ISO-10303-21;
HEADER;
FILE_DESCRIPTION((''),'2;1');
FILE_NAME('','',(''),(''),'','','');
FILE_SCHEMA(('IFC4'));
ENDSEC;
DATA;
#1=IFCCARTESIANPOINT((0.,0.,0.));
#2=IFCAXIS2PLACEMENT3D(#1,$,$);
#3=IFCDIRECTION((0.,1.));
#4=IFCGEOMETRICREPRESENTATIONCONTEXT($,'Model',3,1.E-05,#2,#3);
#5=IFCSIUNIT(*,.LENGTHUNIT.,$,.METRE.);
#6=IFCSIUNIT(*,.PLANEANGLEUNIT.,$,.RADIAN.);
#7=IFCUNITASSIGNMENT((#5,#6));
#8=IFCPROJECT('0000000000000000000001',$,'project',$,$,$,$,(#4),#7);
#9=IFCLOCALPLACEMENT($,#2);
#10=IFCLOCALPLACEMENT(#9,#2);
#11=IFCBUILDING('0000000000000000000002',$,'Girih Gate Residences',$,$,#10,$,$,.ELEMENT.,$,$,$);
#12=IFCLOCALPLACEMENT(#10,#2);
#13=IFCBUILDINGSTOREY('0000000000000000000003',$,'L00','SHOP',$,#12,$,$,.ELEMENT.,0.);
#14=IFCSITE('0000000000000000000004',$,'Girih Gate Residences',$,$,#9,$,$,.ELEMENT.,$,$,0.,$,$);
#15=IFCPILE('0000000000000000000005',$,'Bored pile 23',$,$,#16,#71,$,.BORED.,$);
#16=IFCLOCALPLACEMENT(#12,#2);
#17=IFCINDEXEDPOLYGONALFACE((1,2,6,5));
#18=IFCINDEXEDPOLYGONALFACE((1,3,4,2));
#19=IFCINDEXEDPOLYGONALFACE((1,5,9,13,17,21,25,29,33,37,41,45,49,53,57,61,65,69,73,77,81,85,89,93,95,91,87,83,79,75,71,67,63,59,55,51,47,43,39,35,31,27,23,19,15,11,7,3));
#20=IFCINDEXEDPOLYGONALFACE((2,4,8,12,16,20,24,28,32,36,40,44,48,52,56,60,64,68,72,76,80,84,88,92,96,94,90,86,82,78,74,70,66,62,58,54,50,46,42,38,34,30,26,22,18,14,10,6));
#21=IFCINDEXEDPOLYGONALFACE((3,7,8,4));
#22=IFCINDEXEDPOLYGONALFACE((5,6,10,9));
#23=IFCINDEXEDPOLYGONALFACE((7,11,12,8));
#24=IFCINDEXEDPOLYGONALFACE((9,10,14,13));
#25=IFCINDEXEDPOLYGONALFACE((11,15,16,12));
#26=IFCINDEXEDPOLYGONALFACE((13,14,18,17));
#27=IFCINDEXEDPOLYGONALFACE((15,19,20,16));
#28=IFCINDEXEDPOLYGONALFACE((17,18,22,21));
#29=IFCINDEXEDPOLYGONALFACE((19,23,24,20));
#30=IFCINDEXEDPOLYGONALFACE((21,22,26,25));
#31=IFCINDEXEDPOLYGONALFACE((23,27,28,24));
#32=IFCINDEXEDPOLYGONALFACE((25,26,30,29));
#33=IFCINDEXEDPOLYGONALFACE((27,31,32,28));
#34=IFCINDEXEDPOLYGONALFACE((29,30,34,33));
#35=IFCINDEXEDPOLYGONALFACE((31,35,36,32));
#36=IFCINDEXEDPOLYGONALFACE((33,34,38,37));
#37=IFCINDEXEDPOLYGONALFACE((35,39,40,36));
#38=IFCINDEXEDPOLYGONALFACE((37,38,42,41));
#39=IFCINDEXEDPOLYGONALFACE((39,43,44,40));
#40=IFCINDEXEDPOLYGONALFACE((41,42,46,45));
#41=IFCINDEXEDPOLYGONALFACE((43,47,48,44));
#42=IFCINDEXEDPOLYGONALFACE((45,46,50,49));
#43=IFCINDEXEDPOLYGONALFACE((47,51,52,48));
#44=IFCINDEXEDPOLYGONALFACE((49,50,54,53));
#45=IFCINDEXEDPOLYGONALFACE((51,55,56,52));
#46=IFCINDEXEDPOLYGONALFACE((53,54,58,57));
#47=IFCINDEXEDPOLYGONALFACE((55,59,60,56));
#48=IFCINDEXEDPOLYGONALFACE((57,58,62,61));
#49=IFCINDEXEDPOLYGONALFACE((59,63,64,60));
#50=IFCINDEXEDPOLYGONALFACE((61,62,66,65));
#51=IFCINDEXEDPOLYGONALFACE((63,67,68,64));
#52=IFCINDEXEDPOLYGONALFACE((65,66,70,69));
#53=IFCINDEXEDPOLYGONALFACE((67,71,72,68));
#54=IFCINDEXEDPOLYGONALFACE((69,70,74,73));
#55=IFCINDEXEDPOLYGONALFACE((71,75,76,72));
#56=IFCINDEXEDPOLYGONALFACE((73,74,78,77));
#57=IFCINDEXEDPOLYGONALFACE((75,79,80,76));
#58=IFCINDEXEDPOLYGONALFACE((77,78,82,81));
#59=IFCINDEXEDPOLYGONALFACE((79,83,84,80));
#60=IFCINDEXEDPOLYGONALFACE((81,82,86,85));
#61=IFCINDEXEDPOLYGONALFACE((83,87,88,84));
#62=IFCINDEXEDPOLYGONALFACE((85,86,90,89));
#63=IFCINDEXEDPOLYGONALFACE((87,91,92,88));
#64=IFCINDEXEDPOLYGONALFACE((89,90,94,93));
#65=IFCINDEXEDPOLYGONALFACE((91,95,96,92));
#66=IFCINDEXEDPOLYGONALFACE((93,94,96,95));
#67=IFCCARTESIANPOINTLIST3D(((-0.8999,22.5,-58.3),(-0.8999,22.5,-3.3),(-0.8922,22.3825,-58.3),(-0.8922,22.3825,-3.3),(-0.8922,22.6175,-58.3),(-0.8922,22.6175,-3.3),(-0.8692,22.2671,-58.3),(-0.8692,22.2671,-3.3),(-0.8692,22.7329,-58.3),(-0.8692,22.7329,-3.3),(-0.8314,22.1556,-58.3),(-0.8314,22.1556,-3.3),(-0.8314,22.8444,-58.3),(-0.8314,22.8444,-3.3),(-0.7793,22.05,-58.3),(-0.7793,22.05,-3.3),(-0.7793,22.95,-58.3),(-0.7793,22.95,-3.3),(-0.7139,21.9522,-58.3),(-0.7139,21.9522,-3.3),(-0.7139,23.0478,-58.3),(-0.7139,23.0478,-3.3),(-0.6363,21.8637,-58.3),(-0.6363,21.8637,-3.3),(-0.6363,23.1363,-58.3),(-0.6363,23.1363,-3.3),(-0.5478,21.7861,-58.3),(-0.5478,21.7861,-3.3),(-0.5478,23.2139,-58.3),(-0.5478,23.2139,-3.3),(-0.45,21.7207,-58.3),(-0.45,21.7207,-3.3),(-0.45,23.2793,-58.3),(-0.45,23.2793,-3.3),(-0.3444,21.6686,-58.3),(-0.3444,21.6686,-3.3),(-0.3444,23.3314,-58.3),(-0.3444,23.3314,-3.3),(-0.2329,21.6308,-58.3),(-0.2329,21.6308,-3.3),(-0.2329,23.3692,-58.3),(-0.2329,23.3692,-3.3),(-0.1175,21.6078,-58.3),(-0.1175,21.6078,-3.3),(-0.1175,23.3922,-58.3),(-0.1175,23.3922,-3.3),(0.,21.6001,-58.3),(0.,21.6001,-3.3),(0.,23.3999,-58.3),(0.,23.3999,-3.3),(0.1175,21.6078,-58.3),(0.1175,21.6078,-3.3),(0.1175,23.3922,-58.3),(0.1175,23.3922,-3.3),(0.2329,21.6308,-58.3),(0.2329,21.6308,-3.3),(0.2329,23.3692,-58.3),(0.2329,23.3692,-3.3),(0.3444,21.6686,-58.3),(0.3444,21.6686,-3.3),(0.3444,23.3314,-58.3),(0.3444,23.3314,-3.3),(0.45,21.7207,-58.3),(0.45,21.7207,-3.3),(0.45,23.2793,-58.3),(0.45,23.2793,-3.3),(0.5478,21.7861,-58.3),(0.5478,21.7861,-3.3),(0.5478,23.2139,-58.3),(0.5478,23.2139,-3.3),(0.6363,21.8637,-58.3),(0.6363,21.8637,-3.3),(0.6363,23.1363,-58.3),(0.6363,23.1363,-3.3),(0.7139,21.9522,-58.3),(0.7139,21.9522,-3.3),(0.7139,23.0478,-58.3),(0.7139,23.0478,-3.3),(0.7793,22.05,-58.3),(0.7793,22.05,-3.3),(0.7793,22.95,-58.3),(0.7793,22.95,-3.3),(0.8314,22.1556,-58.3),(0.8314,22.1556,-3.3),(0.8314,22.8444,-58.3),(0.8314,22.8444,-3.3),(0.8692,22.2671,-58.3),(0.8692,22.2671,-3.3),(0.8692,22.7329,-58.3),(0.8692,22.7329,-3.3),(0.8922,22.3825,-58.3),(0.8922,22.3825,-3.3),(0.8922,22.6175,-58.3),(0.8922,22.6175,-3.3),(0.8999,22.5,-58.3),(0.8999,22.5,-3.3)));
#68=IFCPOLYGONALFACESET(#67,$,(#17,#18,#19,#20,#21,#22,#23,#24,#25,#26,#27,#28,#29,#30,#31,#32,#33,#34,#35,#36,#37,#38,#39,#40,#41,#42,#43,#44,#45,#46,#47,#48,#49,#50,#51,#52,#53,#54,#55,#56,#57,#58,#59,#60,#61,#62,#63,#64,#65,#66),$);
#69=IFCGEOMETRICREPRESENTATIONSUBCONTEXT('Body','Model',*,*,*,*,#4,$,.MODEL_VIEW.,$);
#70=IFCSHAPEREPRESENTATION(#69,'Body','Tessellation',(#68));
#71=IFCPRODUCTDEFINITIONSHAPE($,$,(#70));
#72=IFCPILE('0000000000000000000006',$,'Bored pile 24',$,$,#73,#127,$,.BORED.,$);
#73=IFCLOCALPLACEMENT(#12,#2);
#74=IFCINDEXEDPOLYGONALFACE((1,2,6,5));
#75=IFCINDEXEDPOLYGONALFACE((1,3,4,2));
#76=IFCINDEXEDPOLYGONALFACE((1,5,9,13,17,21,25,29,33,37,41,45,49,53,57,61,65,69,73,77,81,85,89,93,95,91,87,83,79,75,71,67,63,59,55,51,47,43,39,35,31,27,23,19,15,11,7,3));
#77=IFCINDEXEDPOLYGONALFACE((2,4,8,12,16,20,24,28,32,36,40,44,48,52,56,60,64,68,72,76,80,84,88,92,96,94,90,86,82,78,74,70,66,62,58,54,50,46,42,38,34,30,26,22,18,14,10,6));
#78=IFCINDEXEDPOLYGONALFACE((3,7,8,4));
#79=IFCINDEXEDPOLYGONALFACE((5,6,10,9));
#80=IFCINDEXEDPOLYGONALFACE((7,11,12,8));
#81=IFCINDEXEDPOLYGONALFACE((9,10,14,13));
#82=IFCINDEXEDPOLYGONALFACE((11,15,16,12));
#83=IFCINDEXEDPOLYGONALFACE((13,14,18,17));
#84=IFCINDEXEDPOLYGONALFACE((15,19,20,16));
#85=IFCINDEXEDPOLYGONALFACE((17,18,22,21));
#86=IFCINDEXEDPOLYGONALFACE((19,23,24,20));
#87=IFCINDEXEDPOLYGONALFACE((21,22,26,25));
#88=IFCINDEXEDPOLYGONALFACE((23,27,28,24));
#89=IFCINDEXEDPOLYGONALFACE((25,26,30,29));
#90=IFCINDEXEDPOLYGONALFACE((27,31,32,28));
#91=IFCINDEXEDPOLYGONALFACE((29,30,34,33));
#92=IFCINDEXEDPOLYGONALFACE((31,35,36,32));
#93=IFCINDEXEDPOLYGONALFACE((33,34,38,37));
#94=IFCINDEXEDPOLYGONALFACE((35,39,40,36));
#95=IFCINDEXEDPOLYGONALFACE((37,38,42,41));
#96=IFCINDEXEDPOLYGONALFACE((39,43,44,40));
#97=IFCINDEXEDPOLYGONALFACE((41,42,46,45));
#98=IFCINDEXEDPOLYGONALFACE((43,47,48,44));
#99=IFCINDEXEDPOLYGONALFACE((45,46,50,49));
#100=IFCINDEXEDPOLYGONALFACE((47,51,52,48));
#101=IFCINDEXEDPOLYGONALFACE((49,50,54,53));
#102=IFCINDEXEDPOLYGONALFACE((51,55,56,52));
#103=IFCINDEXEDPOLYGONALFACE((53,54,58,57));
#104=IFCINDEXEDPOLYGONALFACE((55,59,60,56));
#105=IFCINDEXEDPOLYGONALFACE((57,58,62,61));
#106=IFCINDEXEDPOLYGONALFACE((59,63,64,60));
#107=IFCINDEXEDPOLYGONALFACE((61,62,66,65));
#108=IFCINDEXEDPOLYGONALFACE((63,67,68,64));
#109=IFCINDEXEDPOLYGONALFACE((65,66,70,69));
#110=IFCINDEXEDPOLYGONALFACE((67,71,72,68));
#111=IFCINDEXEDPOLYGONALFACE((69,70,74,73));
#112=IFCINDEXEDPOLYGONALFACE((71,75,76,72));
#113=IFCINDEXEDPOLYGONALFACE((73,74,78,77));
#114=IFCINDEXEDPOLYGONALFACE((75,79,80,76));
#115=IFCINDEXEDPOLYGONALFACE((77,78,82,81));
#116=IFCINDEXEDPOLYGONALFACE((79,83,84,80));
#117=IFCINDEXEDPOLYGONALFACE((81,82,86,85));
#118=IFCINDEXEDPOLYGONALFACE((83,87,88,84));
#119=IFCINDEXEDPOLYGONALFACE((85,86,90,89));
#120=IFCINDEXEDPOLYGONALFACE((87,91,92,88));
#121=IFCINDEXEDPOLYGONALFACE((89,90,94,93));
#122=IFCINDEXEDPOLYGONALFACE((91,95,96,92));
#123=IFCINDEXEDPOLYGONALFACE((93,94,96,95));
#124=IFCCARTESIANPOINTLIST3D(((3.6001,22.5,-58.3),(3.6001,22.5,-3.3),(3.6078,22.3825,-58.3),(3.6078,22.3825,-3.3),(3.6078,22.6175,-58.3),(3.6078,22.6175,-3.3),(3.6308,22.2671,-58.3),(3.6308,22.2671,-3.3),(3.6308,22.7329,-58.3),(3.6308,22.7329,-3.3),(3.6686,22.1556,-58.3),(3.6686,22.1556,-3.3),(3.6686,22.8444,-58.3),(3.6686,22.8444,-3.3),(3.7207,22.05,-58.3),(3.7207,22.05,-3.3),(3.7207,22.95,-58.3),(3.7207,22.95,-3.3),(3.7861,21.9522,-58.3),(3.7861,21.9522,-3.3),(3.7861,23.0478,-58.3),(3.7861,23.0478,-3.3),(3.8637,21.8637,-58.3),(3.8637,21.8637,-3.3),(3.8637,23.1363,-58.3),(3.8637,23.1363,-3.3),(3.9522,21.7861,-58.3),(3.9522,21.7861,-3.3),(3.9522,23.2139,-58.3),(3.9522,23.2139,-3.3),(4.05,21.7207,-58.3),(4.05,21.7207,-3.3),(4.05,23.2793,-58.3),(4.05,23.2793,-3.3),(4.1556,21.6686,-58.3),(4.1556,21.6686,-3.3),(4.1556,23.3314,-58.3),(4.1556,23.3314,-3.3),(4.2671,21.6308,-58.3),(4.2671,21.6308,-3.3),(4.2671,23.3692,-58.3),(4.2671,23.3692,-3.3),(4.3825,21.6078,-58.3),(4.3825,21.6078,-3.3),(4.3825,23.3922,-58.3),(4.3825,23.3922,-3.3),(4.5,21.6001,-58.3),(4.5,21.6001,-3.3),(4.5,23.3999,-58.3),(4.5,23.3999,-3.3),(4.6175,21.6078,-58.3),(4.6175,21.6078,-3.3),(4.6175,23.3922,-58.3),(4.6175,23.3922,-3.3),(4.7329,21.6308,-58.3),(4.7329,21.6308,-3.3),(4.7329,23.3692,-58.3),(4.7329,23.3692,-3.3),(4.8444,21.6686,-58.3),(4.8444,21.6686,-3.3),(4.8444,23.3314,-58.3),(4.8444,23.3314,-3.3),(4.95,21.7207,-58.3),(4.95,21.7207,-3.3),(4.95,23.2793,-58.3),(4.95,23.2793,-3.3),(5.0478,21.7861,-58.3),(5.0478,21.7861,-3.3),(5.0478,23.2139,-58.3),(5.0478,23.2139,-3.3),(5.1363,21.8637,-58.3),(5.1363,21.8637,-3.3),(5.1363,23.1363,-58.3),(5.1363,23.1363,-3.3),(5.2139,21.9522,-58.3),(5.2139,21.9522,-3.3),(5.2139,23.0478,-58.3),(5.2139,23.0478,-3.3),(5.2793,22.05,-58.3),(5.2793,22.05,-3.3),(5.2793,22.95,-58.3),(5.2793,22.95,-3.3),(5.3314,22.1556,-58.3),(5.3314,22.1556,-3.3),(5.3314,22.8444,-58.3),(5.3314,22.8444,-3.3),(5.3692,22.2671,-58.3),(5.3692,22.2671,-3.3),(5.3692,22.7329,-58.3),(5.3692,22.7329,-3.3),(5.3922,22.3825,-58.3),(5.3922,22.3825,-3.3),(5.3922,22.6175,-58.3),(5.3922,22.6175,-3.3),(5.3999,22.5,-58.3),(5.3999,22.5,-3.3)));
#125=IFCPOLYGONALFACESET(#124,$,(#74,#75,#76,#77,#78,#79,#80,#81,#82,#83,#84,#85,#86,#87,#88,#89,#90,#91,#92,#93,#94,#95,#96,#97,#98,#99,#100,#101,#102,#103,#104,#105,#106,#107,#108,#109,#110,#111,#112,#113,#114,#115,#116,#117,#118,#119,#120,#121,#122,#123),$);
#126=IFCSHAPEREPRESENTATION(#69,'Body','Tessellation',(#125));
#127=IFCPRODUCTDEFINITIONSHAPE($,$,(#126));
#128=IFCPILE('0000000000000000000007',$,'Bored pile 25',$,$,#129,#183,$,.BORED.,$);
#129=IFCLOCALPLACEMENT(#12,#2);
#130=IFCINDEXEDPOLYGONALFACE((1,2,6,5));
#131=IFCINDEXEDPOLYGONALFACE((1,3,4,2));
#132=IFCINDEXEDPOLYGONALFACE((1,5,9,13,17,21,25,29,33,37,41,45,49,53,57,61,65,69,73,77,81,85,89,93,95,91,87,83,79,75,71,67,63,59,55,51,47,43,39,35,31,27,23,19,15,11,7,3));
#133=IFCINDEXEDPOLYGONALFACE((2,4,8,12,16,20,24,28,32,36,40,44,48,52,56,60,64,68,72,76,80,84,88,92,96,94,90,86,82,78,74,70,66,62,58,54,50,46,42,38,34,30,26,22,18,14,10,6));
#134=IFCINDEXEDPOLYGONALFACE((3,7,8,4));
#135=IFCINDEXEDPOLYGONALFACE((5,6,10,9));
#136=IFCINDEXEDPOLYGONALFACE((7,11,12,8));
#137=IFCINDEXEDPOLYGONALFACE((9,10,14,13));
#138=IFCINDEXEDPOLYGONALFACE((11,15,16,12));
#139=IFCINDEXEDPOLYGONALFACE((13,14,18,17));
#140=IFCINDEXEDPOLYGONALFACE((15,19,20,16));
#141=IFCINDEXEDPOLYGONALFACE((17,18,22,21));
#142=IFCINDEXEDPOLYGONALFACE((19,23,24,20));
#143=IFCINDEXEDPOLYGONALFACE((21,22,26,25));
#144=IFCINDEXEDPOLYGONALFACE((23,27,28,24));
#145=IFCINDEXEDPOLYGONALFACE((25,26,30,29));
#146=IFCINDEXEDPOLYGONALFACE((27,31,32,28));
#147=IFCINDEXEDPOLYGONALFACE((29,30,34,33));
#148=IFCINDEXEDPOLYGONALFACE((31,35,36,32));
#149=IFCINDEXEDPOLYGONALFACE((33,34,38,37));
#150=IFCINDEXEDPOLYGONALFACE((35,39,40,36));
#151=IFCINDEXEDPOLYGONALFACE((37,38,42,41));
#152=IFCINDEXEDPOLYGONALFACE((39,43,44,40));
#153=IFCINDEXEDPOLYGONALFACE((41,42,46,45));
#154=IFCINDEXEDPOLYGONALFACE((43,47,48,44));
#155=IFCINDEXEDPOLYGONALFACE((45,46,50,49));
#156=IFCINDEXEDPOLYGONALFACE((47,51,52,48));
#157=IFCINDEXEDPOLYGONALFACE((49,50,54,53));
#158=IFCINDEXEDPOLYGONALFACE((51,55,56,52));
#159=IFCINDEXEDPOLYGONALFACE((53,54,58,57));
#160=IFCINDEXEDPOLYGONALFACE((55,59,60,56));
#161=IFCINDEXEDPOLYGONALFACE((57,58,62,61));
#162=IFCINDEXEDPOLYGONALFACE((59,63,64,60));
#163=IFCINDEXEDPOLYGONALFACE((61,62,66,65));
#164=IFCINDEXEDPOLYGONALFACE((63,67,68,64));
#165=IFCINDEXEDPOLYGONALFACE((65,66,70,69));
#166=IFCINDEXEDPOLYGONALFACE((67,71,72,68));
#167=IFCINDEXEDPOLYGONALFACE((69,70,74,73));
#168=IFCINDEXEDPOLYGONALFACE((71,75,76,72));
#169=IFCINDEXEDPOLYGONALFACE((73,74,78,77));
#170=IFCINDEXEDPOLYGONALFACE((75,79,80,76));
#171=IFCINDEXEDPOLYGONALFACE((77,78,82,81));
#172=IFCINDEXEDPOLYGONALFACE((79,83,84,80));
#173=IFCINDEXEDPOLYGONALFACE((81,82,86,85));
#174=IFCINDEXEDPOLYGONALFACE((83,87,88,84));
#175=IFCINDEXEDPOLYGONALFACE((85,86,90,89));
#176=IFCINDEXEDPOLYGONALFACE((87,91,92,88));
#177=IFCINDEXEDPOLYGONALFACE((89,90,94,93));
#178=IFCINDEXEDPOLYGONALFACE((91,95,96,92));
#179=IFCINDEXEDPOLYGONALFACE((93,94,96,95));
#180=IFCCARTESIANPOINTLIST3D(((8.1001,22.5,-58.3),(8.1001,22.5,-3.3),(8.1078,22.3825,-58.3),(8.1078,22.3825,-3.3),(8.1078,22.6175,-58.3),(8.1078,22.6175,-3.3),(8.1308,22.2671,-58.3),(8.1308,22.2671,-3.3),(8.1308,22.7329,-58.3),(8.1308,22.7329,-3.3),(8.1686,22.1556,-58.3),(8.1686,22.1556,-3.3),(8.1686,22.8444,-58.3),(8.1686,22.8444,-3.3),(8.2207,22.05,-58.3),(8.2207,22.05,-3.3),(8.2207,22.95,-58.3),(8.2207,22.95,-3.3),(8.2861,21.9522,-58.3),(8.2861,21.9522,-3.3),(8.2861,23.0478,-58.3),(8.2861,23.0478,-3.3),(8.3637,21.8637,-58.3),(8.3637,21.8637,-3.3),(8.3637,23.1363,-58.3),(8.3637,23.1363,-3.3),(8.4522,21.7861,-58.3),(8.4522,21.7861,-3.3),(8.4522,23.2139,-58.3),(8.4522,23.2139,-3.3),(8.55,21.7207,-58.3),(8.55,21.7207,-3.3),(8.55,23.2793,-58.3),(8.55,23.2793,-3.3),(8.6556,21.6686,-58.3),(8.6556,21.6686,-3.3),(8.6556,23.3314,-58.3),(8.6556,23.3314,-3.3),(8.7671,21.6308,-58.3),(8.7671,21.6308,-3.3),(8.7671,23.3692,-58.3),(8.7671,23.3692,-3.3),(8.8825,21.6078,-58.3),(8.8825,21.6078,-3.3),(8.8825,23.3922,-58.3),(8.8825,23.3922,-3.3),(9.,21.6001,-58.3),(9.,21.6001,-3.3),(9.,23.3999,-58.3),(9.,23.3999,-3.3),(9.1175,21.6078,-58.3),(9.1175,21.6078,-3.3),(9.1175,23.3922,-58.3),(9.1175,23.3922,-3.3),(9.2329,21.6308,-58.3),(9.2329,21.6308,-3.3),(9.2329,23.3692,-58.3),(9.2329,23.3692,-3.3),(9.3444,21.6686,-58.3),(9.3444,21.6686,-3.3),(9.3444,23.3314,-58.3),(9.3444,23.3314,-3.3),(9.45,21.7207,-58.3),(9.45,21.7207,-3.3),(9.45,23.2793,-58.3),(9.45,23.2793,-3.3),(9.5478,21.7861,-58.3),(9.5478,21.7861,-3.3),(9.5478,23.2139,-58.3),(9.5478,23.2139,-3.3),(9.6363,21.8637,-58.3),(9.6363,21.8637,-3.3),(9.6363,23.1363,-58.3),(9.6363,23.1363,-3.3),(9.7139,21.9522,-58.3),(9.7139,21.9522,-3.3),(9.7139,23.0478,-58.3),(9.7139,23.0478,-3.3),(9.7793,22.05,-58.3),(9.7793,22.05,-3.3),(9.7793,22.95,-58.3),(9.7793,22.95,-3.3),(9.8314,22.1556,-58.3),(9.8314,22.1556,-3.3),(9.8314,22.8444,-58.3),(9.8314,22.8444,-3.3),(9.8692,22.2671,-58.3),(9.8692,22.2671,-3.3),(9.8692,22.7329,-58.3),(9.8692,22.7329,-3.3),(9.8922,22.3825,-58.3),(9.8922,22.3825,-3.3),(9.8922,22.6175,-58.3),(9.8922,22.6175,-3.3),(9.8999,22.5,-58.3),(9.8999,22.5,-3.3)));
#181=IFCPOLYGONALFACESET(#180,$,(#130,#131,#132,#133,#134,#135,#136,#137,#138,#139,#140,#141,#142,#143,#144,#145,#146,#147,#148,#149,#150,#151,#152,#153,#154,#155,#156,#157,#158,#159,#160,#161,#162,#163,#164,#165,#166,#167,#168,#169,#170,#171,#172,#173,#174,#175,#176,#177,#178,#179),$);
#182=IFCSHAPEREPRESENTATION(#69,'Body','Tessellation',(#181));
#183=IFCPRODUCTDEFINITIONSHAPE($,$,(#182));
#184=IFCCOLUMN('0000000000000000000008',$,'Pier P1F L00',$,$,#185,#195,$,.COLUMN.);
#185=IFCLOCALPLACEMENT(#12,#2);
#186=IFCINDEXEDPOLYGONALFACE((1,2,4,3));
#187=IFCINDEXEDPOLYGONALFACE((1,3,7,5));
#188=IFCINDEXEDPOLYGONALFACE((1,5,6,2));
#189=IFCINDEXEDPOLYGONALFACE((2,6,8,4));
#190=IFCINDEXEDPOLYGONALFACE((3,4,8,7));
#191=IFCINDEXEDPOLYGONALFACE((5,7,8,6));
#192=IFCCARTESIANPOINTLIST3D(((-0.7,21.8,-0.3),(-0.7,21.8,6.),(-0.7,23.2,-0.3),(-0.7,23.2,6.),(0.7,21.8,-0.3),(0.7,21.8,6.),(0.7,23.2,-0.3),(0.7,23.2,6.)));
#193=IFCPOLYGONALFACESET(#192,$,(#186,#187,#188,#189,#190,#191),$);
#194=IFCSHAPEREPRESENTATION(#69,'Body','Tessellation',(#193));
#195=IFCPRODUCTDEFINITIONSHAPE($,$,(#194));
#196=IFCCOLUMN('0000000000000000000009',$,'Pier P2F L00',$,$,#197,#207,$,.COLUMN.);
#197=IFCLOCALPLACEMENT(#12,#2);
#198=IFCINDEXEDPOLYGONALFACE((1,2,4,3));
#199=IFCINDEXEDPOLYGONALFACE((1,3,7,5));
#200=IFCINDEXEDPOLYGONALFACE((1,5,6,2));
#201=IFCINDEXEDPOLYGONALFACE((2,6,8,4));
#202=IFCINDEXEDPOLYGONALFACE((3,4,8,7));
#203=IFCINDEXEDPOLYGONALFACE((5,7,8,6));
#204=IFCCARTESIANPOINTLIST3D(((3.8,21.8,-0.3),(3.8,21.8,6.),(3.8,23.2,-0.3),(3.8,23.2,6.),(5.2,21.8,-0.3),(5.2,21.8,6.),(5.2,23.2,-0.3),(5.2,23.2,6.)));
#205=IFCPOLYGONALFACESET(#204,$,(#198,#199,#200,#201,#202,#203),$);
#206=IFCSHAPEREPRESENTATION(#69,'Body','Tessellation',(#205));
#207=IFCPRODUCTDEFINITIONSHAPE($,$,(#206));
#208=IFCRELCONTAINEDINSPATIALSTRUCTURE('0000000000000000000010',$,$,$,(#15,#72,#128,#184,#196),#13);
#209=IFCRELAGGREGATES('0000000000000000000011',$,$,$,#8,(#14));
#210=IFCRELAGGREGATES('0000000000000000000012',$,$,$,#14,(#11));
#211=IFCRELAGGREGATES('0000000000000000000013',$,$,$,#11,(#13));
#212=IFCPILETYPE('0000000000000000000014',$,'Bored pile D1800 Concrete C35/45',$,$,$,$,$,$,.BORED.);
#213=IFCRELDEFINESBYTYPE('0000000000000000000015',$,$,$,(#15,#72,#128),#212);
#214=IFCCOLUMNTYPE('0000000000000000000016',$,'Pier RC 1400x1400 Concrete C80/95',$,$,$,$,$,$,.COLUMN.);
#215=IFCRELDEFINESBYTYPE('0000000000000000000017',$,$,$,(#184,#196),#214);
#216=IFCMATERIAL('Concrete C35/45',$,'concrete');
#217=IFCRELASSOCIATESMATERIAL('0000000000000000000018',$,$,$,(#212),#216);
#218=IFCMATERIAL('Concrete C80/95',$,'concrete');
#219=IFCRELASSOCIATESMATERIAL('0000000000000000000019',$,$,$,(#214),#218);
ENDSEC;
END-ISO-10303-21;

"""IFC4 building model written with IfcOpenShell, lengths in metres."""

from ifc_helpers import new_model, si_unit, direction, frame, origin, origin_2d, place, context, subcontext, project, spatial, rectangle, circle, extrude, material, material_profile, profile_set, type_object, element, save


model = new_model("IFC4")

# Units and contexts
model_context = context("Model", 3, precision=1e-05, world=origin(), true_north=direction((0.0, 1.0)))
body_context = subcontext(model_context, "Body", "Model", "MODEL_VIEW")
ifc_project = project(units=[si_unit("LENGTHUNIT", "METRE"), si_unit("PLANEANGLEUNIT", "RADIAN")], contexts=[model_context])

# Site, building, storey
site_placement = place(None, origin())
site = spatial("IfcSite", under=ifc_project, at=site_placement, Name="Girih Gate Residences", CompositionType="ELEMENT", RefElevation=0.0)
building_placement = place(site_placement, origin())
building = spatial("IfcBuilding", under=site, at=building_placement, Name="Girih Gate Residences", CompositionType="ELEMENT")
storey_placement = place(building_placement, origin())
storey = spatial("IfcBuildingStorey", under=building, at=storey_placement, Name="L00", Description="SHOP", CompositionType="ELEMENT", Elevation=0.0)

# Piles
ifc_material_1 = material(Name="Concrete C35/45", Category="concrete")
ifc_material_profile_1 = material_profile(ifc_material_1, circle(Radius=0.8999, at=origin_2d()))
ifc_profile_set_1 = profile_set([ifc_material_profile_1], Name="Concrete C35/45")
pile_type = type_object("IfcPileType", Name="Bored pile D1800 Concrete C35/45", PredefinedType="BORED", material=ifc_profile_set_1)
for number, where, z_axis, x_axis, name in (
    (1, (0.0, 22.5, -3.3), (0.0, 0.0, -1.0), (1.0, 0.0, 0.0), "Bored pile 23"),
    (2, (4.5, 22.5, -3.3), (0.0, 0.0, -1.0), (1.0, 0.0, 0.0), "Bored pile 24"),
    (3, (9.0, 22.5, -3.3), (0.0, 0.0, -1.0), (1.0, 0.0, 0.0), "Bored pile 25"),
):
    element("IfcPile", number, at=place(storey_placement, frame(where, z_axis=z_axis, x_axis=x_axis)), inside=storey, type_object=pile_type, Name=name, PredefinedType="BORED", context=body_context, shape_type="SweptSolid", body=[
        extrude(circle(Radius=0.8999, at=origin_2d()), origin(), (0.0, 0.0, 1.0), 55.0),
    ])

# Columns
ifc_material_2 = material(Name="Concrete C80/95", Category="concrete")
ifc_material_profile_2 = material_profile(ifc_material_2, rectangle(XDim=1.3999, YDim=1.3999, at=origin_2d()))
ifc_profile_set_2 = profile_set([ifc_material_profile_2], Name="Concrete C80/95")
column_type = type_object("IfcColumnType", Name="Pier RC 1400x1400 Concrete C80/95", PredefinedType="COLUMN", material=ifc_profile_set_2)
for number, where, z_axis, x_axis, name in (
    (4, (0.0, 22.5, -0.3), (0.0, 0.0, 1.0), (1.0, 0.0, 0.0), "Pier P1F L00"),
    (5, (4.5, 22.5, -0.3), (0.0, 0.0, 1.0), (1.0, 0.0, 0.0), "Pier P2F L00"),
):
    element("IfcColumn", number, at=place(storey_placement, frame(where, z_axis=z_axis, x_axis=x_axis)), inside=storey, type_object=column_type, Name=name, PredefinedType="COLUMN", context=body_context, shape_type="SweptSolid", body=[
        extrude(rectangle(XDim=1.3999, YDim=1.3999, at=origin_2d()), origin(), (0.0, 0.0, 1.0), 6.3),
    ])

save(model, "model.ifc")
